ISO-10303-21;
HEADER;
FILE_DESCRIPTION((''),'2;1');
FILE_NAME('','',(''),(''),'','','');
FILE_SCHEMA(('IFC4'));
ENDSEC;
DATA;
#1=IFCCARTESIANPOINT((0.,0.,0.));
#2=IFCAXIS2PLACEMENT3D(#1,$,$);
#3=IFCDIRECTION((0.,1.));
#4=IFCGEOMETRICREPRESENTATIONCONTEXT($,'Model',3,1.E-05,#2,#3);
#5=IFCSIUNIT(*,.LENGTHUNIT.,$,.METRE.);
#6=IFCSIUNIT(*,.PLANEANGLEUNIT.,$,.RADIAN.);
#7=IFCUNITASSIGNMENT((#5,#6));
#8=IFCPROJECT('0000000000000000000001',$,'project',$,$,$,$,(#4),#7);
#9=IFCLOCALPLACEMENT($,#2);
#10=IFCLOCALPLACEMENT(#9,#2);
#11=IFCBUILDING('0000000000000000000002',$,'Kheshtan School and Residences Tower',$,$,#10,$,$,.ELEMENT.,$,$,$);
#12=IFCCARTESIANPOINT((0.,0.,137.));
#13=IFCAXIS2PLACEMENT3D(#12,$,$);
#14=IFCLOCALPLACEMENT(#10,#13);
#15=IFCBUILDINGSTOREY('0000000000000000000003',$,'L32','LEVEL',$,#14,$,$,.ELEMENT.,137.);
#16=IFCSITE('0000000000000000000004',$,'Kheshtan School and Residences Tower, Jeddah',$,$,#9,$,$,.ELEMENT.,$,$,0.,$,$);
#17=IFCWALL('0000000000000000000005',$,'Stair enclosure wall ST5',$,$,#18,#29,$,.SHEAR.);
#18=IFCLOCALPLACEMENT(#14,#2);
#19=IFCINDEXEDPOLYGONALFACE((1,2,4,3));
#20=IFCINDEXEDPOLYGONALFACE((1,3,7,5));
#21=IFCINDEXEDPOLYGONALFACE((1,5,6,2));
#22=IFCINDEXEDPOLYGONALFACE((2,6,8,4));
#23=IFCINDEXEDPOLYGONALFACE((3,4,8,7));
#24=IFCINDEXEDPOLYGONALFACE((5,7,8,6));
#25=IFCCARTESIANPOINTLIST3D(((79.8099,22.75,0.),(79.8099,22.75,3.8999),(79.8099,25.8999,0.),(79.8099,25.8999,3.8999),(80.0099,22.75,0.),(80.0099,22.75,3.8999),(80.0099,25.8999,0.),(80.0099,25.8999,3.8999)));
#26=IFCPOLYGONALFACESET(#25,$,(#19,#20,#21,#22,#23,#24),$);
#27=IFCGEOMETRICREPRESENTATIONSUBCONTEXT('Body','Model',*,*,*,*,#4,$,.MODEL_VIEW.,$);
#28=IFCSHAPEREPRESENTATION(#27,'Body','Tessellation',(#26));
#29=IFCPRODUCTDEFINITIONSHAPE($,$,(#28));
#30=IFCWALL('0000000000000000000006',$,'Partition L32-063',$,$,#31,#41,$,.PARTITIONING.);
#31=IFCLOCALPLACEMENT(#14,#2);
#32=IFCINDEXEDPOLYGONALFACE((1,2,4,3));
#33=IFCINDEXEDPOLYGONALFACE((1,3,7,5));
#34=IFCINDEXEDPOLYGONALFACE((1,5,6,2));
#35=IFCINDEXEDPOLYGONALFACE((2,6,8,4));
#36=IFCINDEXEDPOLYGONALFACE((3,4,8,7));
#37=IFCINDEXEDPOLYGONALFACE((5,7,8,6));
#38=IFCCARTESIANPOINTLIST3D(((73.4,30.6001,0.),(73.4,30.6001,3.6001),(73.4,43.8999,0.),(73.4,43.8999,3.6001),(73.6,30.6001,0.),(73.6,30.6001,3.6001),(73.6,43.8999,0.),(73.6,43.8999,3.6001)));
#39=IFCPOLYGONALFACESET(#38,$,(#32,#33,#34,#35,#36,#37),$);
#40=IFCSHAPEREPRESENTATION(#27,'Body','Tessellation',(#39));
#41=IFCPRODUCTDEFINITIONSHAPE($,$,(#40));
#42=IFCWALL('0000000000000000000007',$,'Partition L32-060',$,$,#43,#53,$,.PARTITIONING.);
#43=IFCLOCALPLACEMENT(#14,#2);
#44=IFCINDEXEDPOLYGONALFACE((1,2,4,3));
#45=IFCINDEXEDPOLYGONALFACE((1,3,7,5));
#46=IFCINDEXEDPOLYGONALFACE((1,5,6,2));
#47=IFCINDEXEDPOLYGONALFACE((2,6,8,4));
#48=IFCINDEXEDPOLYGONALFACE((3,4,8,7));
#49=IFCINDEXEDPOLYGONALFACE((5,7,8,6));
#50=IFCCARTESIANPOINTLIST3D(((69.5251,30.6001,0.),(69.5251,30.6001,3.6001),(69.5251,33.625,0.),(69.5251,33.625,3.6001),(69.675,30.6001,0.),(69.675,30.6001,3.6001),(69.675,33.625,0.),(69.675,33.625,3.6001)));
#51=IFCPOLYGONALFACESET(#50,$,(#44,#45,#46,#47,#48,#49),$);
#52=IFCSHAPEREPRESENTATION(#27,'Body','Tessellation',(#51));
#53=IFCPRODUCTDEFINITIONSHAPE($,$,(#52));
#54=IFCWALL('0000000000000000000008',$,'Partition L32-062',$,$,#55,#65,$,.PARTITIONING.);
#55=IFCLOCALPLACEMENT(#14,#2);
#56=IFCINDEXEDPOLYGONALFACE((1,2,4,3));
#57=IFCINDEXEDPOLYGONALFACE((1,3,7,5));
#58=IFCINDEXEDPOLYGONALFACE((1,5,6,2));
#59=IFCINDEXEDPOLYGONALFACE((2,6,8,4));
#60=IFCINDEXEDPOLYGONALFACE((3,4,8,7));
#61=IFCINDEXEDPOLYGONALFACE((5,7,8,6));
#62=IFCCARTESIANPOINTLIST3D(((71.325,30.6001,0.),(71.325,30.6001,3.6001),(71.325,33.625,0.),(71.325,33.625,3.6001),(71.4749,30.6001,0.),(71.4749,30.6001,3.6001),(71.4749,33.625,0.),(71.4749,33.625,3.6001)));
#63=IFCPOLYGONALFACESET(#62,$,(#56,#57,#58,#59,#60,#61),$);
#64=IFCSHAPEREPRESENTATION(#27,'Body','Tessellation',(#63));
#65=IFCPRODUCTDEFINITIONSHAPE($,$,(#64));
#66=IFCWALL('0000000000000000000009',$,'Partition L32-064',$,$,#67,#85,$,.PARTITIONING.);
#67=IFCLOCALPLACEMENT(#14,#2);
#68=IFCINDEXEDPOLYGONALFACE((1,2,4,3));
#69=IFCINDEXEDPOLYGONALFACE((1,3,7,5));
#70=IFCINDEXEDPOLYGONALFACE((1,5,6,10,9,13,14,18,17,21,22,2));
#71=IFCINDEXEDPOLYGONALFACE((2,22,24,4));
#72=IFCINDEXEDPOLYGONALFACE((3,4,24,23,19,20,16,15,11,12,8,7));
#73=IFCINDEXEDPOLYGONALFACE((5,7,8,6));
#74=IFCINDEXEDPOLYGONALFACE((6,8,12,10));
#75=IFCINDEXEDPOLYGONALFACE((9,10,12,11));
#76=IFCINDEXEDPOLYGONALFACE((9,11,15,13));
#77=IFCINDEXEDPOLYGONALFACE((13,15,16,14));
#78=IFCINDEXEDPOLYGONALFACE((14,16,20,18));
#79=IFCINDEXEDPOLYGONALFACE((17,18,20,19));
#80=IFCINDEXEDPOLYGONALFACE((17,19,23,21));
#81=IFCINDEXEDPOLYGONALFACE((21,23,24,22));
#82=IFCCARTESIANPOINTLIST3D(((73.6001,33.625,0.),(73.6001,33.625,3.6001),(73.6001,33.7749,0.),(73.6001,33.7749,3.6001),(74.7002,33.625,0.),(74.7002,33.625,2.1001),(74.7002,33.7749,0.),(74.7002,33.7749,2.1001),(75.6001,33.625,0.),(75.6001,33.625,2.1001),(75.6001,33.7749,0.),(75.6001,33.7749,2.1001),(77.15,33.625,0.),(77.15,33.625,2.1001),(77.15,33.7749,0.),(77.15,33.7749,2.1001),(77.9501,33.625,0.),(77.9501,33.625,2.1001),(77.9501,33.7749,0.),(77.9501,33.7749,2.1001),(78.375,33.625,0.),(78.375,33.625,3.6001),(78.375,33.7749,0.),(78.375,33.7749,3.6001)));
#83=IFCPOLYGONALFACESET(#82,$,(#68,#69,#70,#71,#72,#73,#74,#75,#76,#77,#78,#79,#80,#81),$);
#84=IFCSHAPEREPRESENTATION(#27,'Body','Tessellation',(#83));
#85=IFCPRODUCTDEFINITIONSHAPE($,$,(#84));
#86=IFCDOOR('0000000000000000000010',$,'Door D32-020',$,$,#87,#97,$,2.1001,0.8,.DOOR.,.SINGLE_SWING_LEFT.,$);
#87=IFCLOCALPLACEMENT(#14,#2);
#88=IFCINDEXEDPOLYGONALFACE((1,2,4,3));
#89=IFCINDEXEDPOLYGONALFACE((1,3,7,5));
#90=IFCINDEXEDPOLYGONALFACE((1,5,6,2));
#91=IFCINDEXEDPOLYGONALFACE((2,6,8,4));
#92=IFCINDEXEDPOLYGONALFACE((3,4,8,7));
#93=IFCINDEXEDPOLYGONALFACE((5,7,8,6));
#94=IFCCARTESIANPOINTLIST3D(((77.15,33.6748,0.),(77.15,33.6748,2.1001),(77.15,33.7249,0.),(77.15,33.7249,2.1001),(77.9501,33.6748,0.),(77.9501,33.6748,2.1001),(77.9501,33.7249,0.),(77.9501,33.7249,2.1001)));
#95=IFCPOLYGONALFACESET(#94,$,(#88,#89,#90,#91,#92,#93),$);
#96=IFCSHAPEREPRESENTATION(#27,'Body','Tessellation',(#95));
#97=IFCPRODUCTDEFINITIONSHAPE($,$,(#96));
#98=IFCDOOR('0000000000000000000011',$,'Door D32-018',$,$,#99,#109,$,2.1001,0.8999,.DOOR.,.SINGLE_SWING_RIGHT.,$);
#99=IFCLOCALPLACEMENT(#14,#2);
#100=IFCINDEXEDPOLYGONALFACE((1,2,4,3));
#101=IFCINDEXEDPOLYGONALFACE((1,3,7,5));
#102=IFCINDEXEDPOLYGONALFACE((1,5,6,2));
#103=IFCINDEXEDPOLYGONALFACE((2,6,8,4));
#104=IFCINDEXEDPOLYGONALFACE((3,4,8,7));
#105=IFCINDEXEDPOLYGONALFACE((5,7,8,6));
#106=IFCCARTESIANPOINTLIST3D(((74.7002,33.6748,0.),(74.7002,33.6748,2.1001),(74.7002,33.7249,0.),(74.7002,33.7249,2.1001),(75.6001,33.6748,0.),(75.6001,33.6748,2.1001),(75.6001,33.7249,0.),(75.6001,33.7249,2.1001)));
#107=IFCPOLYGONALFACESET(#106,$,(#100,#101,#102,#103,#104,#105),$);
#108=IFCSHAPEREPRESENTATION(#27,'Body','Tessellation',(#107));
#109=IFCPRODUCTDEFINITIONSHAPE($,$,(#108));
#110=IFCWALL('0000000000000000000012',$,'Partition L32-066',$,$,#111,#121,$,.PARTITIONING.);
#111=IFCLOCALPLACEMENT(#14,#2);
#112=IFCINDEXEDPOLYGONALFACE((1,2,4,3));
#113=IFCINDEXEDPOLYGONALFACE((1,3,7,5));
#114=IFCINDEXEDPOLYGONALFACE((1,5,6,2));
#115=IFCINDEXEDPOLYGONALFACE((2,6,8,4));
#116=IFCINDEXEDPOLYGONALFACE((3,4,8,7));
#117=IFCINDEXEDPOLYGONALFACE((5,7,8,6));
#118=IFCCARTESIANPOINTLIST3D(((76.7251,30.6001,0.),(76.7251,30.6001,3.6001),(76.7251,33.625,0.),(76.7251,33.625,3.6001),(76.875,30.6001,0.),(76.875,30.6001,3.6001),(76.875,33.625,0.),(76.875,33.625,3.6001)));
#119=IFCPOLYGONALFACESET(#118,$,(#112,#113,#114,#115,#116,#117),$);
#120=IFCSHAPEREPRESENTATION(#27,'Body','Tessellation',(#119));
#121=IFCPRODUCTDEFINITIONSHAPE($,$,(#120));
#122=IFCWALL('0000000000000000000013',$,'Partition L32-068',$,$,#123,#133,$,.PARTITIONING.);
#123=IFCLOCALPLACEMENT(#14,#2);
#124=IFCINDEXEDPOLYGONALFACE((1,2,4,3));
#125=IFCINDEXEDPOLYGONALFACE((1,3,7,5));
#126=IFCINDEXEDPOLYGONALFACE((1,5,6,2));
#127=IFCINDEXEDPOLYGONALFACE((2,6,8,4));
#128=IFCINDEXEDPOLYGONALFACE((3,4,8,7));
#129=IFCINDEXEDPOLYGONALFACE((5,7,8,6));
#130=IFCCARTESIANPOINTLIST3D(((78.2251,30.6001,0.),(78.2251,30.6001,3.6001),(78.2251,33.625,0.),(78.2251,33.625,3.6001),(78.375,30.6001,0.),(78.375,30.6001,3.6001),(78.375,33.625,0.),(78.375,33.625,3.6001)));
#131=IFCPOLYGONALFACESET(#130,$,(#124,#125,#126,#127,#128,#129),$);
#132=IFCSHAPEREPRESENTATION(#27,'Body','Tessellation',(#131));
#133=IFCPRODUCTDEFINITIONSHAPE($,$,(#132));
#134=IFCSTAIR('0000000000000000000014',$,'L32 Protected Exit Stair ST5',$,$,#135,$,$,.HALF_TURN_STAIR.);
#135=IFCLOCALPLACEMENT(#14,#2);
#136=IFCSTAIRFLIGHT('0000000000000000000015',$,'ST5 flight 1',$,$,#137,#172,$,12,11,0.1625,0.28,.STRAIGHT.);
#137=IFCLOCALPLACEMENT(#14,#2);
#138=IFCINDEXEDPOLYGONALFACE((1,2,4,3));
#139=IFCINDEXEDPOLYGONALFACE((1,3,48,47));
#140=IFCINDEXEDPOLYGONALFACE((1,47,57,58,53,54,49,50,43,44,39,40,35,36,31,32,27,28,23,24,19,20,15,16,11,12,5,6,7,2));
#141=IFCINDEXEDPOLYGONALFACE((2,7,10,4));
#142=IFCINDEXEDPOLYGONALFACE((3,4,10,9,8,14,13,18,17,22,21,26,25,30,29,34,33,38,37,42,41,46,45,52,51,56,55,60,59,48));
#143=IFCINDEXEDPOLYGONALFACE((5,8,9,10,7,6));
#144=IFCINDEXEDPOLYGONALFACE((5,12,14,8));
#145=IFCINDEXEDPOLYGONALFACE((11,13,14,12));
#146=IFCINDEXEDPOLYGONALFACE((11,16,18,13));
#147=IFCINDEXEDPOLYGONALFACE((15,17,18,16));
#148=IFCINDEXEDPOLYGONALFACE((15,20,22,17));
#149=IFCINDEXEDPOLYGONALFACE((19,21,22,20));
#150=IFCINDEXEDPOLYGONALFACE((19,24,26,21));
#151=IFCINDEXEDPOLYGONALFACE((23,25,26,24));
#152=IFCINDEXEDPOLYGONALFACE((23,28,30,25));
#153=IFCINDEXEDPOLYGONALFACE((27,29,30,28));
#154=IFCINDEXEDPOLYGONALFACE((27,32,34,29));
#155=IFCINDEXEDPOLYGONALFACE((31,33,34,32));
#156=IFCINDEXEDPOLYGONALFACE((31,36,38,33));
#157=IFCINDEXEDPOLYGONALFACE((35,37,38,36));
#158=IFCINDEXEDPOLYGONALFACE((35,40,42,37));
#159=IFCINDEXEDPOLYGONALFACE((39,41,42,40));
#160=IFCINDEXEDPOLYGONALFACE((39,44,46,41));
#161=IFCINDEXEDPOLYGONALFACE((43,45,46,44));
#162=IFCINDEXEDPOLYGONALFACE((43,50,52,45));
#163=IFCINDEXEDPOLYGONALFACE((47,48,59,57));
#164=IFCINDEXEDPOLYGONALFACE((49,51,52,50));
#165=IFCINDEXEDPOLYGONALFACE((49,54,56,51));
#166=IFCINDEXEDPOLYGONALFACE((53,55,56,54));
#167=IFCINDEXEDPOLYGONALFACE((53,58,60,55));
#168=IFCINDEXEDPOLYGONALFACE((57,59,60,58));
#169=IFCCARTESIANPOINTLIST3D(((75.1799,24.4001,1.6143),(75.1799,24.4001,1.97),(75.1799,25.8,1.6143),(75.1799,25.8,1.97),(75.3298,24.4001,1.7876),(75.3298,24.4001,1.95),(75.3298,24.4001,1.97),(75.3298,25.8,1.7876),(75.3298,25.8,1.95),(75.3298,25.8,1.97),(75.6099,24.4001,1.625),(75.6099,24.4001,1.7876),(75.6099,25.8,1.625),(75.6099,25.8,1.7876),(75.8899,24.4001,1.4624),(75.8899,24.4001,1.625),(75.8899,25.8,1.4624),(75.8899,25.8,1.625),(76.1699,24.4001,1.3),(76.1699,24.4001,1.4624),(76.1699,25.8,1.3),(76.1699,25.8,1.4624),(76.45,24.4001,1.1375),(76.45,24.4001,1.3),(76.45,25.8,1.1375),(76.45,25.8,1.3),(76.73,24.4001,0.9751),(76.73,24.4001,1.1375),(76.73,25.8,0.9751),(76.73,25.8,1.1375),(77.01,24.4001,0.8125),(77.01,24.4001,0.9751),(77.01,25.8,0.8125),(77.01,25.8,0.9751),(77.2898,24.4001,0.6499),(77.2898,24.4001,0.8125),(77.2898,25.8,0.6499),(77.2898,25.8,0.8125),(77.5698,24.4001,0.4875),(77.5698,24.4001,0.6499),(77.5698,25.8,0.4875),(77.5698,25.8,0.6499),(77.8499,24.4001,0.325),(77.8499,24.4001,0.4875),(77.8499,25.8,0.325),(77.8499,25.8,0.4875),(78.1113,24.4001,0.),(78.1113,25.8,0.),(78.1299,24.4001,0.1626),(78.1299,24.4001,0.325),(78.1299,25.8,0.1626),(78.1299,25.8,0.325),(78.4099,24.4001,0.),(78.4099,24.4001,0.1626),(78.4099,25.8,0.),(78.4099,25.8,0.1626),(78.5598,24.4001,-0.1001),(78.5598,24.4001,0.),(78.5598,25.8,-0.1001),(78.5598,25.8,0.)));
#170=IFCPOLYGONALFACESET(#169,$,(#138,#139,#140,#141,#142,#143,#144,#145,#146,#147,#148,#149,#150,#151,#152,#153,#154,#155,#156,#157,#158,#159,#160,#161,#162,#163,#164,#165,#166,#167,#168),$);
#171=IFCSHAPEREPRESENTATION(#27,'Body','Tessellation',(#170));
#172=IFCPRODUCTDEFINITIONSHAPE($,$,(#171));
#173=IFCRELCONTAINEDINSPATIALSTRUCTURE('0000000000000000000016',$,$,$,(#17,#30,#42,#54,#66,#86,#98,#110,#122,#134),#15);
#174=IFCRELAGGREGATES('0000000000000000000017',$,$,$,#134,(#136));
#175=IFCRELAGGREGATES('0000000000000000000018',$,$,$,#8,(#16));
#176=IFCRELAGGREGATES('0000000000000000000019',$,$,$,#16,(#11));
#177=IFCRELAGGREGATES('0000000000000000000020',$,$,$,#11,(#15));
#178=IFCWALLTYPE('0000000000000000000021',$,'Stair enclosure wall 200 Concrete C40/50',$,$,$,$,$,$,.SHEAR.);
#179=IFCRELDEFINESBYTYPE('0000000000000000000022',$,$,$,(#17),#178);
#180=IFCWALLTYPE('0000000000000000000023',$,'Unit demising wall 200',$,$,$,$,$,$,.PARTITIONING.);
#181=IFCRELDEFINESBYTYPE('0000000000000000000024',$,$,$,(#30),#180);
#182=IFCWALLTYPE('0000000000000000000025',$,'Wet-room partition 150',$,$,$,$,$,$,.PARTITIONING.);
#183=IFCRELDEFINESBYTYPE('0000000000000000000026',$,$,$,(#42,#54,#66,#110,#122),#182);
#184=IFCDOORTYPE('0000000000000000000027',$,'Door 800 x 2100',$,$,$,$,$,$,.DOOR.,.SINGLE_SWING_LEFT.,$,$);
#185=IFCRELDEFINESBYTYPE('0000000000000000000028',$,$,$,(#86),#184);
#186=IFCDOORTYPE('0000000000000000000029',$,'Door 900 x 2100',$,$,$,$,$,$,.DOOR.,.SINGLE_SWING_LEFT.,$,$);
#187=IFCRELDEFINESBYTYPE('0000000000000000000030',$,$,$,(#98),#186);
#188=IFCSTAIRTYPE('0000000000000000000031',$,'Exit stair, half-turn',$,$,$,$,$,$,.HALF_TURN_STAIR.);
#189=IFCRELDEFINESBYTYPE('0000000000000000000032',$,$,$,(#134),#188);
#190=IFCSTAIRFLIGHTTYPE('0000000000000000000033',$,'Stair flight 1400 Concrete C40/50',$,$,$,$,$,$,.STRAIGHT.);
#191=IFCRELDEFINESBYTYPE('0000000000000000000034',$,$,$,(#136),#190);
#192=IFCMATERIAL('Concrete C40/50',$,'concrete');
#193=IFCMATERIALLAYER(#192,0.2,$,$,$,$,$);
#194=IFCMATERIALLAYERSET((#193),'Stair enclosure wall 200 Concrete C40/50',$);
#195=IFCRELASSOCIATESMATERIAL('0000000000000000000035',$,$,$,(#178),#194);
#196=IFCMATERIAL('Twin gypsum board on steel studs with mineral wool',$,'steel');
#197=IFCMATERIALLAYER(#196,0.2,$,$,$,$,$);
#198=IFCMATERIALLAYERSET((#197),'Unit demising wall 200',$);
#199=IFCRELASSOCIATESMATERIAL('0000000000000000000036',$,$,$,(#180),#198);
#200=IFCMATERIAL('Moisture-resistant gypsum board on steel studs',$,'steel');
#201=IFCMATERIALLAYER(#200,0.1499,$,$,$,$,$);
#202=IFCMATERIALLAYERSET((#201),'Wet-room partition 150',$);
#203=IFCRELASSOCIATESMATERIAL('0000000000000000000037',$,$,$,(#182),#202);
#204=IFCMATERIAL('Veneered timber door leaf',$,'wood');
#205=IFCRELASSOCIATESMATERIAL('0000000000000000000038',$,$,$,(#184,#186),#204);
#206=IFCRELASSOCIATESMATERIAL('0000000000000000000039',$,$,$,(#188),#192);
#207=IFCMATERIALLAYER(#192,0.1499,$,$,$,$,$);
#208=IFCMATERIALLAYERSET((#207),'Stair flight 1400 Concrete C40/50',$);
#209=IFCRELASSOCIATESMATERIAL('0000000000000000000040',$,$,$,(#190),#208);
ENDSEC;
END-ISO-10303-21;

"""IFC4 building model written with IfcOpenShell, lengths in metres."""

from ifc_helpers import new_model, si_unit, direction, frame, frame_2d, origin, place, context, subcontext, project, spatial, polyline, rectangle, outline, extrude, source, transform, mapped, material, layer, layer_set, type_object, element, fill, aggregate, save


model = new_model("IFC4")

# Units and contexts
model_context = context("Model", 3, precision=1e-05, world=origin(), true_north=direction((0.0, 1.0)))
body_context = subcontext(model_context, "Body", "Model", "MODEL_VIEW")
ifc_project = project(units=[si_unit("LENGTHUNIT", "METRE"), si_unit("PLANEANGLEUNIT", "RADIAN")], contexts=[model_context])

# Site, building, storey
site_placement = place(None, origin())
site = spatial("IfcSite", under=ifc_project, at=site_placement, Name="Kheshtan School and Residences Tower, Jeddah", CompositionType="ELEMENT", RefElevation=0.0)
building_placement = place(site_placement, origin())
building = spatial("IfcBuilding", under=site, at=building_placement, Name="Kheshtan School and Residences Tower", CompositionType="ELEMENT")
storey_placement = place(building_placement, frame((0.0, 0.0, 137.0)))
storey = spatial("IfcBuildingStorey", under=building, at=storey_placement, Name="L32", Description="LEVEL", CompositionType="ELEMENT", Elevation=137.0)

# Shared definitions
ifc_material_1 = material(Name="Concrete C40/50", Category="concrete")
ifc_layer_1 = layer(ifc_material_1, 0.2)
ifc_layer_set_1 = layer_set([ifc_layer_1], Name="Stair enclosure wall 200 Concrete C40/50")
wall_type_1 = type_object("IfcWallType", Name="Stair enclosure wall 200 Concrete C40/50", PredefinedType="SHEAR", material=ifc_layer_set_1)

# Walls
for number, where, z_axis, x_axis, name in (
    (1, (79.9099, 22.75, 0.0), (0.0, 0.0, 1.0), (0.0, 1.0, 0.0), "Stair enclosure wall ST5"),
):
    element("IfcWall", number, at=place(storey_placement, frame(where, z_axis=z_axis, x_axis=x_axis)), inside=storey, type_object=wall_type_1, Name=name, PredefinedType="SHEAR", context=body_context, shape_type="SweptSolid", body=[
        extrude(rectangle(XDim=3.1499, YDim=0.2, at=frame_2d((1.575, 0.0))), origin(), (0.0, 0.0, 1.0), 3.8999),
    ])
ifc_material_2 = material(Name="Twin gypsum board on steel studs with mineral wool", Category="steel")
ifc_layer_2 = layer(ifc_material_2, 0.2)
ifc_layer_set_2 = layer_set([ifc_layer_2], Name="Unit demising wall 200")
wall_type_2 = type_object("IfcWallType", Name="Unit demising wall 200", PredefinedType="PARTITIONING", material=ifc_layer_set_2)
wall_1_placement = place(storey_placement, frame((73.5, 30.6001, 0.0), z_axis=(0.0, 0.0, 1.0), x_axis=(0.0, 1.0, 0.0)))
element("IfcWall", 2, at=wall_1_placement, inside=storey, type_object=wall_type_2, Name="Partition L32-063", PredefinedType="PARTITIONING", context=body_context, shape_type="SweptSolid", body=[
    extrude(rectangle(XDim=13.2998, YDim=0.2, at=frame_2d((6.6499, 0.0))), origin(), (0.0, 0.0, 1.0), 3.6001),
])
ifc_material_3 = material(Name="Moisture-resistant gypsum board on steel studs", Category="steel")
ifc_layer_3 = layer(ifc_material_3, 0.1499)
ifc_layer_set_3 = layer_set([ifc_layer_3], Name="Wet-room partition 150")
wall_type_3 = type_object("IfcWallType", Name="Wet-room partition 150", PredefinedType="PARTITIONING", material=ifc_layer_set_3)
for number, where, z_axis, x_axis, name in (
    (3, (69.6001, 30.6001, 0.0), (0.0, 0.0, 1.0), (0.0, 1.0, 0.0), "Partition L32-060"),
    (4, (71.3999, 30.6001, 0.0), (0.0, 0.0, 1.0), (0.0, 1.0, 0.0), "Partition L32-062"),
):
    element("IfcWall", number, at=place(storey_placement, frame(where, z_axis=z_axis, x_axis=x_axis)), inside=storey, type_object=wall_type_3, Name=name, PredefinedType="PARTITIONING", context=body_context, shape_type="SweptSolid", body=[
        extrude(rectangle(XDim=3.0249, YDim=0.1499, at=frame_2d((1.5125, 0.0))), origin(), (0.0, 0.0, 1.0), 3.6001),
    ])

# Wall, openings, doors
wall_2_placement = place(storey_placement, frame((73.6001, 33.7, 0.0), z_axis=(0.0, 0.0, 1.0), x_axis=(1.0, 0.0, 0.0)))
wall_2 = element("IfcWall", 5, at=wall_2_placement, inside=storey, type_object=wall_type_3, Name="Partition L32-064", PredefinedType="PARTITIONING", context=body_context, shape_type="SweptSolid", body=[
    extrude(rectangle(XDim=4.7749, YDim=0.1499, at=frame_2d((2.3875, 0.0))), origin(), (0.0, 0.0, 1.0), 3.6001),
])
opening_1_placement = place(wall_2_placement, frame((1.1001, 0.0, 0.0)))
opening_1 = element("IfcOpeningElement", 6, at=opening_1_placement, cuts=wall_2, PredefinedType="OPENING", context=body_context, shape_type="SweptSolid", body=[
    extrude(rectangle(XDim=0.8999, YDim=2.1001, at=frame_2d((0.45, 1.05))), frame((0.0, 0.085, 0.0), z_axis=(0.0, -1.0, 0.0), x_axis=(1.0, 0.0, 0.0)), (0.0, 0.0, 1.0), 0.1699),
])
opening_2_placement = place(wall_2_placement, frame((3.55, 0.0, 0.0)))
opening_2 = element("IfcOpeningElement", 7, at=opening_2_placement, cuts=wall_2, PredefinedType="OPENING", context=body_context, shape_type="SweptSolid", body=[
    extrude(rectangle(XDim=0.8, YDim=2.1001, at=frame_2d((0.3999, 1.05))), frame((0.0, 0.085, 0.0), z_axis=(0.0, -1.0, 0.0), x_axis=(1.0, 0.0, 0.0)), (0.0, 0.0, 1.0), 0.1699),
])
ifc_material_4 = material(Name="Veneered timber door leaf", Category="wood")
door_type_1 = type_object("IfcDoorType", Name="Door 800 x 2100", OperationType="SINGLE_SWING_LEFT", PredefinedType="DOOR", material=ifc_material_4)
shared_shape_1 = source(origin(), body_context, "Body", "SweptSolid", [
    extrude(rectangle(XDim=0.8, YDim=2.1001, at=frame_2d((0.3999, 1.05))), frame((0.0, 0.0249, 0.0), z_axis=(0.0, -1.0, 0.0), x_axis=(1.0, 0.0, 0.0)), (0.0, 0.0, 1.0), 0.05),
])
door_1_placement = place(opening_2_placement, origin())
door_1 = element("IfcDoor", 8, at=door_1_placement, inside=storey, type_object=door_type_1, Name="Door D32-020", OperationType="SINGLE_SWING_LEFT", OverallHeight=2.1001, OverallWidth=0.8, PredefinedType="DOOR", context=body_context, shape_type="MappedRepresentation", body=[
    mapped(shared_shape_1, transform((0.0, 0.0, 0.0), x_axis=(1.0, 0.0, 0.0), y_axis=(0.0, 1.0, 0.0), z_axis=(0.0, 0.0, 1.0), scale=1.0)),
])
fill(opening_2, door_1)
door_type_2 = type_object("IfcDoorType", Name="Door 900 x 2100", OperationType="SINGLE_SWING_LEFT", PredefinedType="DOOR", material=ifc_material_4)
shared_shape_2 = source(origin(), body_context, "Body", "SweptSolid", [
    extrude(rectangle(XDim=0.8999, YDim=2.1001, at=frame_2d((0.45, 1.05))), frame((0.0, 0.0249, 0.0), z_axis=(0.0, -1.0, 0.0), x_axis=(1.0, 0.0, 0.0)), (0.0, 0.0, 1.0), 0.05),
])
door_2_placement = place(opening_1_placement, origin())
door_2 = element("IfcDoor", 9, at=door_2_placement, inside=storey, type_object=door_type_2, Name="Door D32-018", OperationType="SINGLE_SWING_RIGHT", OverallHeight=2.1001, OverallWidth=0.8999, PredefinedType="DOOR", context=body_context, shape_type="MappedRepresentation", body=[
    mapped(shared_shape_2, transform((0.0, 0.0, 0.0), x_axis=(1.0, 0.0, 0.0), y_axis=(0.0, 1.0, 0.0), z_axis=(0.0, 0.0, 1.0), scale=1.0)),
])
fill(opening_1, door_2)

# Walls
for number, where, z_axis, x_axis, name in (
    (10, (76.8, 30.6001, 0.0), (0.0, 0.0, 1.0), (0.0, 1.0, 0.0), "Partition L32-066"),
    (11, (78.3, 30.6001, 0.0), (0.0, 0.0, 1.0), (0.0, 1.0, 0.0), "Partition L32-068"),
):
    element("IfcWall", number, at=place(storey_placement, frame(where, z_axis=z_axis, x_axis=x_axis)), inside=storey, type_object=wall_type_3, Name=name, PredefinedType="PARTITIONING", context=body_context, shape_type="SweptSolid", body=[
        extrude(rectangle(XDim=3.0249, YDim=0.1499, at=frame_2d((1.5125, 0.0))), origin(), (0.0, 0.0, 1.0), 3.6001),
    ])

# Stair, stair flight
stair_type = type_object("IfcStairType", Name="Exit stair, half-turn", PredefinedType="HALF_TURN_STAIR", material=ifc_material_1)
stair_placement = place(storey_placement, origin())
stair = element("IfcStair", 12, at=stair_placement, inside=storey, type_object=stair_type, Name="L32 Protected Exit Stair ST5", PredefinedType="HALF_TURN_STAIR")
ifc_layer_4 = layer(ifc_material_1, 0.1499)
ifc_layer_set_4 = layer_set([ifc_layer_4], Name="Stair flight 1400 Concrete C40/50")
stair_flight_type = type_object("IfcStairFlightType", Name="Stair flight 1400 Concrete C40/50", PredefinedType="STRAIGHT", material=ifc_layer_set_4)
stair_flight_1_placement = place(storey_placement, frame((78.4099, 25.1001, 0.0), z_axis=(0.0, 0.0, 1.0), x_axis=(-1.0, 0.0, 0.0)))
stair_flight_1 = element("IfcStairFlight", 13, at=stair_flight_1_placement, type_object=stair_flight_type, Name="ST5 flight 1", NumberOfRisers=12, NumberOfTreads=11, PredefinedType="STRAIGHT", RiserHeight=0.1625, TreadLength=0.28, context=body_context, shape_type="SweptSolid", body=[
    extrude(outline(polyline([(-0.1499, -0.1001), (-0.1499, 0.0), (0.0, 0.0), (0.0, 0.1626), (0.28, 0.1626), (0.28, 0.325), (0.5601, 0.325), (0.5601, 0.4875), (0.8401, 0.4875), (0.8401, 0.6499), (1.1201, 0.6499), (1.1201, 0.8125), (1.3999, 0.8125), (1.3999, 0.9751), (1.6799, 0.9751), (1.6799, 1.1375), (1.96, 1.1375), (1.96, 1.3), (2.24, 1.3), (2.24, 1.4624), (2.52, 1.4624), (2.52, 1.625), (2.8, 1.625), (2.8, 1.7876), (3.0801, 1.7876), (3.0801, 1.95), (3.0801, 1.97), (3.23, 1.97), (3.23, 1.6143), (0.2986, 0.0), (-0.1499, -0.1001)])), frame((0.0, 0.7, 0.0), z_axis=(0.0, -1.0, 0.0), x_axis=(1.0, 0.0, 0.0)), (0.0, 0.0, 1.0), 1.3999),
])
aggregate(stair, [stair_flight_1])

save(model, "model.ifc")
